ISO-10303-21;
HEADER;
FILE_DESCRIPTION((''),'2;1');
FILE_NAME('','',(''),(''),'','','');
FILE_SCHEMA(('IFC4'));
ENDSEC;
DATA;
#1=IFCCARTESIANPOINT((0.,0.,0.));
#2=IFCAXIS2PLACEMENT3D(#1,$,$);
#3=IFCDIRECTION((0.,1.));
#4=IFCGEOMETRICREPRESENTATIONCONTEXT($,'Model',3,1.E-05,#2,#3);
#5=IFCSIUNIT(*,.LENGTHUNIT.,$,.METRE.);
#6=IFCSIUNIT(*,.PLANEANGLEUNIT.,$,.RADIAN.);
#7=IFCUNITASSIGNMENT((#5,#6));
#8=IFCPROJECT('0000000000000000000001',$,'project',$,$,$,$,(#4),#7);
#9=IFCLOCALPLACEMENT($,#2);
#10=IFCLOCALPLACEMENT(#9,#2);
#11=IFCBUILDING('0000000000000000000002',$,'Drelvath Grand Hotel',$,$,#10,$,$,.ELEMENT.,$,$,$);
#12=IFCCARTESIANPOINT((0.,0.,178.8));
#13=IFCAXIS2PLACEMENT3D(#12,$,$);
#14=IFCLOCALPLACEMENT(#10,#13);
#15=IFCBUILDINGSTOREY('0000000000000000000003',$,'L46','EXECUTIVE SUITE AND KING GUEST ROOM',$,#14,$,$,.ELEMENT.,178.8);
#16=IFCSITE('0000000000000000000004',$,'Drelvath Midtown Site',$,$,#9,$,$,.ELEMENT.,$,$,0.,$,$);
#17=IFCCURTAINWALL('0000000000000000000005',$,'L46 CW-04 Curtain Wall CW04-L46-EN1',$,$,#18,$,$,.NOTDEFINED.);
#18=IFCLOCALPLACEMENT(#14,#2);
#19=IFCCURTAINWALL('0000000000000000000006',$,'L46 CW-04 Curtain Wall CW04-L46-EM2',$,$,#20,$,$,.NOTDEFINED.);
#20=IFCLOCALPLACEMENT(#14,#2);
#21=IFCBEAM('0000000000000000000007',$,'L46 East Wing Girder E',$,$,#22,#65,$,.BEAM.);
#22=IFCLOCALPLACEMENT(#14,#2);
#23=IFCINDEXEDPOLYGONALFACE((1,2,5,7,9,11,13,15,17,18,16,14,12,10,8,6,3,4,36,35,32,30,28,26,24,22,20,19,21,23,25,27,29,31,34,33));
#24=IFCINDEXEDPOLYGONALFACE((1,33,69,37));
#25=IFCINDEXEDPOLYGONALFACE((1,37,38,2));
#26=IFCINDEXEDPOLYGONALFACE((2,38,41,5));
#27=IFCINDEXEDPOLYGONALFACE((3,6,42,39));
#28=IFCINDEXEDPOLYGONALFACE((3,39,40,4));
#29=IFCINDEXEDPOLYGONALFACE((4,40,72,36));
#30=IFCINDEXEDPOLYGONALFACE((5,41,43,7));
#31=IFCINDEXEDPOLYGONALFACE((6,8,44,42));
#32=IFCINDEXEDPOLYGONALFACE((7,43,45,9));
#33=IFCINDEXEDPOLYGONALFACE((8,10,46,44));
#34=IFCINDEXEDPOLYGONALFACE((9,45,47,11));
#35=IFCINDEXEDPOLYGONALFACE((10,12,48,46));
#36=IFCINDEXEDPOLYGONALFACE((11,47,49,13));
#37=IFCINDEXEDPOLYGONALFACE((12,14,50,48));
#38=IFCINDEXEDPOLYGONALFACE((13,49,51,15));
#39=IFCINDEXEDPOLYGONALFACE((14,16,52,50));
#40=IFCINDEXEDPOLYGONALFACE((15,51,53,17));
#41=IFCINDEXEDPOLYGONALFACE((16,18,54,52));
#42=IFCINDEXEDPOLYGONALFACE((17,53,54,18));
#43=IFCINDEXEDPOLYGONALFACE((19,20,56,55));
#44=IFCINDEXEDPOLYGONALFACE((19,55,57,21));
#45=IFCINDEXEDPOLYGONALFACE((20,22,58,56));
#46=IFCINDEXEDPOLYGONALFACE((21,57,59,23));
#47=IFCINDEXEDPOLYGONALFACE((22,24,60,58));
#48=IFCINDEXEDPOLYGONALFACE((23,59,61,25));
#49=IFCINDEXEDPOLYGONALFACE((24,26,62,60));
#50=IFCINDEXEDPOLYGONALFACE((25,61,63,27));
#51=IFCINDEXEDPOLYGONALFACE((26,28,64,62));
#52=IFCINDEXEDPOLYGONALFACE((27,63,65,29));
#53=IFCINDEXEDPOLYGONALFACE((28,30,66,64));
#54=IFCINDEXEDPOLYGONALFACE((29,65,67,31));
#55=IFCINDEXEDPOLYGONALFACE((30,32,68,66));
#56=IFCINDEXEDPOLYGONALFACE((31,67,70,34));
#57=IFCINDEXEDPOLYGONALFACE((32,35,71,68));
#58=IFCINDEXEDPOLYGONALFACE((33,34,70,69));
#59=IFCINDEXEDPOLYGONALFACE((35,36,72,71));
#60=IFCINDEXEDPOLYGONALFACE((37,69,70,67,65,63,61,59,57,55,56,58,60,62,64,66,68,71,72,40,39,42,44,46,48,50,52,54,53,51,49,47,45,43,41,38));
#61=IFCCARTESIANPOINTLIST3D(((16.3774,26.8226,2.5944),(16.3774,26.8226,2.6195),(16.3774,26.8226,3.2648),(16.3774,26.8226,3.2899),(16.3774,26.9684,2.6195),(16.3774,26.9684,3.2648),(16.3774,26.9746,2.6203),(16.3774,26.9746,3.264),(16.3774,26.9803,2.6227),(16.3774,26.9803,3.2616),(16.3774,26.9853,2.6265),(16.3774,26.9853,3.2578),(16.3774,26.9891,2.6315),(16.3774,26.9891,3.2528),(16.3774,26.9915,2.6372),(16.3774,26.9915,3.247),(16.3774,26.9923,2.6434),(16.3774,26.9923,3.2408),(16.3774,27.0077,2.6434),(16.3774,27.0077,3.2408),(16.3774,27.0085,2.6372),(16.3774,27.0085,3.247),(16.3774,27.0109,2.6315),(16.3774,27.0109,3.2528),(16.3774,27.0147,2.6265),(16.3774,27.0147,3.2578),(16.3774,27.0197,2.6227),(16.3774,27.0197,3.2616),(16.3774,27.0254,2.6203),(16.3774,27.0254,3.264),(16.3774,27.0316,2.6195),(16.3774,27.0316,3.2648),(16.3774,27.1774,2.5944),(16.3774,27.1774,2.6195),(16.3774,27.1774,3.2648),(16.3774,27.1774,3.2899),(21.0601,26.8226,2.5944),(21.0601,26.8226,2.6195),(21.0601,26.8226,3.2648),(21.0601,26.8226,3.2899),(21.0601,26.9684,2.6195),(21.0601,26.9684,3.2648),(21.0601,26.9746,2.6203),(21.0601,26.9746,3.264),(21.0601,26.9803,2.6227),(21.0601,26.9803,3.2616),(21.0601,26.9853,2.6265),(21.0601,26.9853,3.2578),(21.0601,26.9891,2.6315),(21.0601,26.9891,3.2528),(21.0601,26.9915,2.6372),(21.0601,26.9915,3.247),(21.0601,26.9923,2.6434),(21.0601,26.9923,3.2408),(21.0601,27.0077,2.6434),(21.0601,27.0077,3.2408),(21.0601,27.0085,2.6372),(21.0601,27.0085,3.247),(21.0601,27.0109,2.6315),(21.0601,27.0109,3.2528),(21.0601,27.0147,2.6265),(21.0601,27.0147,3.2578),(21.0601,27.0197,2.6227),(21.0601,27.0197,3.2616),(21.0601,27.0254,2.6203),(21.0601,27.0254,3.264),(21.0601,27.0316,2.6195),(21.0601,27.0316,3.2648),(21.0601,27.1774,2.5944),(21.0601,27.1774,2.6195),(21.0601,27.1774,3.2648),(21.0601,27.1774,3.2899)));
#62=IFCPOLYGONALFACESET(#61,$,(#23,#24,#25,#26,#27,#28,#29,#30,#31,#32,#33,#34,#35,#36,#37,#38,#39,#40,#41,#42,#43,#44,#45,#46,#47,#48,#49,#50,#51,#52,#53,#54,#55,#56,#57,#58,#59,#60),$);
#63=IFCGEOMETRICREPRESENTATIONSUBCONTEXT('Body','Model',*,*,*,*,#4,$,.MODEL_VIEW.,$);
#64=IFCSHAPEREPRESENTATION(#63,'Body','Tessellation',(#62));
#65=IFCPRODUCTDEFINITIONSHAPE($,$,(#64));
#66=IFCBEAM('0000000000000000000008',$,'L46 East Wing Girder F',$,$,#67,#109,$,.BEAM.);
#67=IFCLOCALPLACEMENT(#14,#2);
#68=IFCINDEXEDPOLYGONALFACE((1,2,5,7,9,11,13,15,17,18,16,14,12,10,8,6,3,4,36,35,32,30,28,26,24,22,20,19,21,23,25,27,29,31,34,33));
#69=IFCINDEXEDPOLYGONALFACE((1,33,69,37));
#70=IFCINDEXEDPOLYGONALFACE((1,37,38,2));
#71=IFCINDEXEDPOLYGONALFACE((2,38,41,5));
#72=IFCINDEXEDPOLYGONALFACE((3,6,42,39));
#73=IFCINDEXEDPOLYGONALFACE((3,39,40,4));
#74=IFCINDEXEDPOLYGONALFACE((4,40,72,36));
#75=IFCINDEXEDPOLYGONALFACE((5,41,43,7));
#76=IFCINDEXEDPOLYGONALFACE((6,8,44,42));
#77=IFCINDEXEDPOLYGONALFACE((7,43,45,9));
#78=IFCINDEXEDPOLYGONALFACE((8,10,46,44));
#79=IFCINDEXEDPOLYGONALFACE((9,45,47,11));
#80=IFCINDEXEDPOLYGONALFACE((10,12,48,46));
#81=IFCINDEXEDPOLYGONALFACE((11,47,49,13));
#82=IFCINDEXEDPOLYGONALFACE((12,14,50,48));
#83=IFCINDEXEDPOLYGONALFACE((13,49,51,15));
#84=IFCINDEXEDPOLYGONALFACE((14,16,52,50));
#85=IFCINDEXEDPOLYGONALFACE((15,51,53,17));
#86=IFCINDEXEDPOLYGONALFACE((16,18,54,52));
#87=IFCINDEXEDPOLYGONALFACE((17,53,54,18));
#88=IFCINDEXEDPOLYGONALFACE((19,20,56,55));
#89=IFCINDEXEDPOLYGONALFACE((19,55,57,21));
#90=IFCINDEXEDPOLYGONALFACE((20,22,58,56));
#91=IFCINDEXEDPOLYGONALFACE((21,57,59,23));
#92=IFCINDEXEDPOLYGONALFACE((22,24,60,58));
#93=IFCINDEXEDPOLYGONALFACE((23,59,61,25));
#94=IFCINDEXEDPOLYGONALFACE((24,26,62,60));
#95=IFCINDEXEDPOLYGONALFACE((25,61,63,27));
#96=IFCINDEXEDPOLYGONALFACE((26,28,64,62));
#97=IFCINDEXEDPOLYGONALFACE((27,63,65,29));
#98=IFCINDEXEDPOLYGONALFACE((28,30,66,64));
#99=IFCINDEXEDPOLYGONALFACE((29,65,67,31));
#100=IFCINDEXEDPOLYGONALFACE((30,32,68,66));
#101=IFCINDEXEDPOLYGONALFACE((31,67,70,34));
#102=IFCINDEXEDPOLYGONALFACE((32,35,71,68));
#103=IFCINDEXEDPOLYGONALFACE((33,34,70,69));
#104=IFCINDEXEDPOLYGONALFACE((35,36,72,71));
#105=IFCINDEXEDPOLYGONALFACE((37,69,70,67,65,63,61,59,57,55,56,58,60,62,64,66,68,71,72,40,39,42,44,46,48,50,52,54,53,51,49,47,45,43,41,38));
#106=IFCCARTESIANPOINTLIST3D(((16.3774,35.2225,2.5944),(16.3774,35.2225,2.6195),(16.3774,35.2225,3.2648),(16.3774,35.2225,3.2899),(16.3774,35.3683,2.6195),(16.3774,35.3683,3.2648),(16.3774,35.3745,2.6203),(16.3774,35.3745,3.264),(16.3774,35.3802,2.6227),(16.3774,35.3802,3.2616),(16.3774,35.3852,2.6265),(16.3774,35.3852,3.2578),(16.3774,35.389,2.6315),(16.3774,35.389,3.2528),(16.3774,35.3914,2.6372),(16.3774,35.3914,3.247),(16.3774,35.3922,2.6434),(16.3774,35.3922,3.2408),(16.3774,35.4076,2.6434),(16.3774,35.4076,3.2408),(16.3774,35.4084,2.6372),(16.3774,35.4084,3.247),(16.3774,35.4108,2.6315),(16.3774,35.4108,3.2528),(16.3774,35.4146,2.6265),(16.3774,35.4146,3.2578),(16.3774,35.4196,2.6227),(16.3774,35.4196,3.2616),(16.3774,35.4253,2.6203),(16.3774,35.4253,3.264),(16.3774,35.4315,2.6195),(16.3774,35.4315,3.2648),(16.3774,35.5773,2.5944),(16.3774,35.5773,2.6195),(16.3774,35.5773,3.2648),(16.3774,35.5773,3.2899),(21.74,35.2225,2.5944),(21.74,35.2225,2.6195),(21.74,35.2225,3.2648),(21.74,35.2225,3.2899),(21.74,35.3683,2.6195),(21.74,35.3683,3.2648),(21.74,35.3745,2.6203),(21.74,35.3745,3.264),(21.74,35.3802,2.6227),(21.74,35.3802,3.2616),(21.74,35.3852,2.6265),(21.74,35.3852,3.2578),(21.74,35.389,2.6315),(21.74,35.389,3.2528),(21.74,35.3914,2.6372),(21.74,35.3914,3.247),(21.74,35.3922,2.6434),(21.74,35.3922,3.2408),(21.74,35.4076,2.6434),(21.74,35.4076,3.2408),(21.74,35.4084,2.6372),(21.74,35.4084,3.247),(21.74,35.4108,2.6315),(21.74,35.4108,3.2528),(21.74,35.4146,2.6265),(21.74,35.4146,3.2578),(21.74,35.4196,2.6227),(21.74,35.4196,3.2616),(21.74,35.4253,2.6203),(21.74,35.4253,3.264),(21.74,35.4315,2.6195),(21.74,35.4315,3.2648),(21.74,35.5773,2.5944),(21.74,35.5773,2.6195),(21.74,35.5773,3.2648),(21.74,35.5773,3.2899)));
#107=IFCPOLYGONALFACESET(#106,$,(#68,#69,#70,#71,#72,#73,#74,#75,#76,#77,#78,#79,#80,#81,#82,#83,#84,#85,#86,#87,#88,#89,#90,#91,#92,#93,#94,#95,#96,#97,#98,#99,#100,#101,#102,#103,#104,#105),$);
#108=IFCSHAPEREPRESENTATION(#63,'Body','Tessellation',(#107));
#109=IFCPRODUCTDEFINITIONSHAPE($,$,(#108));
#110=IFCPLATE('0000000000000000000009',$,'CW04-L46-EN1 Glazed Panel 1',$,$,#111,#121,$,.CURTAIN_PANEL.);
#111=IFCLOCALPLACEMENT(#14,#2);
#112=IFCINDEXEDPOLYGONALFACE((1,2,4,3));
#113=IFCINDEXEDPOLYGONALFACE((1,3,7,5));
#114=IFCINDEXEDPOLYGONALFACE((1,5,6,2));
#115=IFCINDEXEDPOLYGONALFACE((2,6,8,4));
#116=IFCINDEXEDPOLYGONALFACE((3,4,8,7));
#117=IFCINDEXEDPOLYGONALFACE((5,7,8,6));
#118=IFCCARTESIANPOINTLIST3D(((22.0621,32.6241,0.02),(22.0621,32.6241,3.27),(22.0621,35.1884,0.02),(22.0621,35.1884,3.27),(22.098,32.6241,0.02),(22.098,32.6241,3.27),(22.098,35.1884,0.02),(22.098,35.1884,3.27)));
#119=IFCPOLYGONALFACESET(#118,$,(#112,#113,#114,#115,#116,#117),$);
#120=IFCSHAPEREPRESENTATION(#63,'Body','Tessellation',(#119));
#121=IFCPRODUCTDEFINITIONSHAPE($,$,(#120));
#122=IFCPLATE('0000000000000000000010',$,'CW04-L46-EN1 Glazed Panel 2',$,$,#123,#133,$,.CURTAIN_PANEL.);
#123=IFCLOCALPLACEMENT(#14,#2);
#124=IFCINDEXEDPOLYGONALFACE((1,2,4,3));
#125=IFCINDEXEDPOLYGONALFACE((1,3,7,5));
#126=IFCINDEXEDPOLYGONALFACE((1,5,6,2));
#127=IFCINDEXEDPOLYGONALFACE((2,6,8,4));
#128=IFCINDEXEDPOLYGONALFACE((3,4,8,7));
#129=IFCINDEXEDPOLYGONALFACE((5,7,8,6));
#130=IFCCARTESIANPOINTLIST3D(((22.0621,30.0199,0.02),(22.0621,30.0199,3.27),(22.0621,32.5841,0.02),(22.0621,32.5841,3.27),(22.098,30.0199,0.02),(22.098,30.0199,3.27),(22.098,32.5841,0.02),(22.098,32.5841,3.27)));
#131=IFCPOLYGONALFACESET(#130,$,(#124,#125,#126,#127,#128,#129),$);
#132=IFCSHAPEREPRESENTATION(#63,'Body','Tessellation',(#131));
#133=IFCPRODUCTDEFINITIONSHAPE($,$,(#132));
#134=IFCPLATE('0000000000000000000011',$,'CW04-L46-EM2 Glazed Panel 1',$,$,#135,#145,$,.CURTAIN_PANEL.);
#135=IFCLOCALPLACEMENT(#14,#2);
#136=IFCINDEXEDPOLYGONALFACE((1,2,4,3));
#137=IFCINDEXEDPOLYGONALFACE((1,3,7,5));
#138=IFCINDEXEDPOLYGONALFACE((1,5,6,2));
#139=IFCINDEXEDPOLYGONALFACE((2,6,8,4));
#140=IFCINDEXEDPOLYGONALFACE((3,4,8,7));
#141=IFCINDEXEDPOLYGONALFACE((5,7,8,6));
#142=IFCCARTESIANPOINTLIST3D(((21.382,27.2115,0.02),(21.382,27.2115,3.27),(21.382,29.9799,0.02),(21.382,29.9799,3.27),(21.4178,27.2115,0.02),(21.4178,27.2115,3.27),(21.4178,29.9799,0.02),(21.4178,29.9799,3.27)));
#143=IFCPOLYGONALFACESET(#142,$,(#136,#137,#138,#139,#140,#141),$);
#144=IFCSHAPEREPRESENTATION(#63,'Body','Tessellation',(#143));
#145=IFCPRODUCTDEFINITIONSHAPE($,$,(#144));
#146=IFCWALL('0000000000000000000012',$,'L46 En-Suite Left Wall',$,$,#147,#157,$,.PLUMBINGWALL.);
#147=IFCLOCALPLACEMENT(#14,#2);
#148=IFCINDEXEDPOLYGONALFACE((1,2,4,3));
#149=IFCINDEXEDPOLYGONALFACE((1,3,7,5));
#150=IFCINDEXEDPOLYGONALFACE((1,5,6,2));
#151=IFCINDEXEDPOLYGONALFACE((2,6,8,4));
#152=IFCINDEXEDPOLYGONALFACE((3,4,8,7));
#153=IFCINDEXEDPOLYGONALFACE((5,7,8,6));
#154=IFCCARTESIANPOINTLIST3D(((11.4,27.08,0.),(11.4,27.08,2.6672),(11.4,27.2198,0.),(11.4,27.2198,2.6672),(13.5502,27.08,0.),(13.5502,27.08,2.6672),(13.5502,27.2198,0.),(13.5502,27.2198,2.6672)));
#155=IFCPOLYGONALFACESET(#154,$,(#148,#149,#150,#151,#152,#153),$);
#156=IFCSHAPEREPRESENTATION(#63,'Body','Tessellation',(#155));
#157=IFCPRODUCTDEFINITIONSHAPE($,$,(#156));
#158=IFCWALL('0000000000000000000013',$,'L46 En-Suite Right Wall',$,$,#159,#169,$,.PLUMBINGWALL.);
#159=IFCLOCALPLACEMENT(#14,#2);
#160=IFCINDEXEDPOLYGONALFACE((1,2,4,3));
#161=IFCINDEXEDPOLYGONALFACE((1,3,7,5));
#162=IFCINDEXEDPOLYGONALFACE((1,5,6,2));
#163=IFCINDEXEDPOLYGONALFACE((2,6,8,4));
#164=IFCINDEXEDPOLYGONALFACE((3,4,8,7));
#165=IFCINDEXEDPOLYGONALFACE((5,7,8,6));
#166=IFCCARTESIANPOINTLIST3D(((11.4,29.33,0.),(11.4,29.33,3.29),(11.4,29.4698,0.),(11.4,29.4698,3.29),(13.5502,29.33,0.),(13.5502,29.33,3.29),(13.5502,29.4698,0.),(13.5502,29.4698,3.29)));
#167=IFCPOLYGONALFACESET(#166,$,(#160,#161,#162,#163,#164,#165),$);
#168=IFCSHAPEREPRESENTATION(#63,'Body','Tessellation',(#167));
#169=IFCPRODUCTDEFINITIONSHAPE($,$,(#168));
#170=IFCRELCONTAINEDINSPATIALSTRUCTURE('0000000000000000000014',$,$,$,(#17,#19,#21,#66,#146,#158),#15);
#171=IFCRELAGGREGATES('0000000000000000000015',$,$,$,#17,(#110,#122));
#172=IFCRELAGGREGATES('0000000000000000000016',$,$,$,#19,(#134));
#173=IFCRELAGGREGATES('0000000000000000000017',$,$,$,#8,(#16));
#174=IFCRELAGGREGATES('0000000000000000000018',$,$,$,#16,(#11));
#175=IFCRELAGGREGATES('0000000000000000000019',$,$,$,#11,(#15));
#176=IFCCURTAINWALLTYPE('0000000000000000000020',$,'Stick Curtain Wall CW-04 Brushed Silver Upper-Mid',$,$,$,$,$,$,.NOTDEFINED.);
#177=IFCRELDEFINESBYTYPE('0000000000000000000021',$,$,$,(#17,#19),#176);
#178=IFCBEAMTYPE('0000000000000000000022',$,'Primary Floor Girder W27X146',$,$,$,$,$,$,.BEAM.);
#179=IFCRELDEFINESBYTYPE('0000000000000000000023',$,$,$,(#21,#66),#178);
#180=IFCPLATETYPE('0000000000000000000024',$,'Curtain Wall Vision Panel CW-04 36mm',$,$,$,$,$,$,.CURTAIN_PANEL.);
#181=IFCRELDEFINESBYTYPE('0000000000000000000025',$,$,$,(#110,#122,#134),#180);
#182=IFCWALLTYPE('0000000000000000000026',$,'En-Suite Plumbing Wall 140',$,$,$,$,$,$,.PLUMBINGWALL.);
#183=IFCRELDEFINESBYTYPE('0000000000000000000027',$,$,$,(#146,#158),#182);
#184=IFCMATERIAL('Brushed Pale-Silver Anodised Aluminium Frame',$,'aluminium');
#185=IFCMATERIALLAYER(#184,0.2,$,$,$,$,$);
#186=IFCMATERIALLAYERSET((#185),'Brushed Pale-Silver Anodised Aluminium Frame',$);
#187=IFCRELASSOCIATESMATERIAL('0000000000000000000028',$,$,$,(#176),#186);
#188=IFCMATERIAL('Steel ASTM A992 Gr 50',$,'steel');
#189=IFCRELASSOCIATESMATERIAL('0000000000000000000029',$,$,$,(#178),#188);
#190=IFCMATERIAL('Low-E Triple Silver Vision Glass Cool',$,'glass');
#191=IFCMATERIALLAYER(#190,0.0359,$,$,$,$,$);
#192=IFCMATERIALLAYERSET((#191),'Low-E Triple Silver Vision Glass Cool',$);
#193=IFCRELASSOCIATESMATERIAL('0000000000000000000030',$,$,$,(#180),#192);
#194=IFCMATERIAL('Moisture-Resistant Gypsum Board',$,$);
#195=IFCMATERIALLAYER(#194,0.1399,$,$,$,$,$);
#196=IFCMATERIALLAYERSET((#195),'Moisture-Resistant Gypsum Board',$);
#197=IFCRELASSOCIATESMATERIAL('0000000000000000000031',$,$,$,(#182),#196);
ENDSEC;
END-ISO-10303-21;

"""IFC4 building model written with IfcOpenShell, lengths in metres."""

from ifc_helpers import new_model, si_unit, direction, frame, frame_2d, origin, origin_2d, place, context, subcontext, project, spatial, rectangle, i_section, extrude, material, layer, layer_set, material_profile, profile_set, type_object, element, aggregate, save


model = new_model("IFC4")

# Units and contexts
model_context = context("Model", 3, precision=1e-05, world=origin(), true_north=direction((0.0, 1.0)))
body_context = subcontext(model_context, "Body", "Model", "MODEL_VIEW")
ifc_project = project(units=[si_unit("LENGTHUNIT", "METRE"), si_unit("PLANEANGLEUNIT", "RADIAN")], contexts=[model_context])

# Site, building, storey
site_placement = place(None, origin())
site = spatial("IfcSite", under=ifc_project, at=site_placement, Name="Drelvath Midtown Site", CompositionType="ELEMENT", RefElevation=0.0)
building_placement = place(site_placement, origin())
building = spatial("IfcBuilding", under=site, at=building_placement, Name="Drelvath Grand Hotel", CompositionType="ELEMENT")
storey_placement = place(building_placement, frame((0.0, 0.0, 178.8)))
storey = spatial("IfcBuildingStorey", under=building, at=storey_placement, Name="L46", Description="EXECUTIVE SUITE AND KING GUEST ROOM", CompositionType="ELEMENT", Elevation=178.8)

# Curtain walls
ifc_material_1 = material(Name="Brushed Pale-Silver Anodised Aluminium Frame", Category="aluminium")
ifc_layer_1 = layer(ifc_material_1, 0.2)
ifc_layer_set_1 = layer_set([ifc_layer_1], Name="Brushed Pale-Silver Anodised Aluminium Frame")
curtain_wall_type = type_object("IfcCurtainWallType", Name="Stick Curtain Wall CW-04 Brushed Silver Upper-Mid", PredefinedType="NOTDEFINED", material=ifc_layer_set_1)
curtain_wall_1_placement = place(storey_placement, origin())
curtain_wall_1 = element("IfcCurtainWall", 1, at=curtain_wall_1_placement, inside=storey, type_object=curtain_wall_type, Name="L46 CW-04 Curtain Wall CW04-L46-EN1", PredefinedType="NOTDEFINED")
curtain_wall_2_placement = place(storey_placement, origin())
curtain_wall_2 = element("IfcCurtainWall", 2, at=curtain_wall_2_placement, inside=storey, type_object=curtain_wall_type, Name="L46 CW-04 Curtain Wall CW04-L46-EM2", PredefinedType="NOTDEFINED")

# Beams
ifc_material_2 = material(Name="Steel ASTM A992 Gr 50", Category="steel")
ifc_material_profile_1 = material_profile(ifc_material_2, i_section(OverallWidth=0.3547, OverallDepth=0.6956, WebThickness=0.0154, FlangeThickness=0.0251, FilletRadius=0.0239, at=origin_2d()), Name="W27X146")
ifc_profile_set_1 = profile_set([ifc_material_profile_1], Name="Steel ASTM A992 Gr 50")
beam_type_1 = type_object("IfcBeamType", Name="Primary Floor Girder W27X146", PredefinedType="BEAM", material=ifc_profile_set_1)
beam_1_placement = place(storey_placement, frame((16.3774, 27.0, 2.9421), z_axis=(1.0, 0.0, 0.0), x_axis=(0.0, 1.0, 0.0)))
element("IfcBeam", 3, at=beam_1_placement, inside=storey, type_object=beam_type_1, Name="L46 East Wing Girder E", PredefinedType="BEAM", context=body_context, shape_type="SweptSolid", body=[
    extrude(i_section(OverallWidth=0.3547, OverallDepth=0.6956, WebThickness=0.0154, FlangeThickness=0.0251, FilletRadius=0.0239, at=origin_2d()), origin(), (0.0, 0.0, 1.0), 4.6826),
])
beam_2_placement = place(storey_placement, frame((16.3774, 35.3999, 2.9421), z_axis=(1.0, 0.0, 0.0), x_axis=(0.0, 1.0, 0.0)))
element("IfcBeam", 4, at=beam_2_placement, inside=storey, type_object=beam_type_1, Name="L46 East Wing Girder F", PredefinedType="BEAM", context=body_context, shape_type="SweptSolid", body=[
    extrude(i_section(OverallWidth=0.3547, OverallDepth=0.6956, WebThickness=0.0154, FlangeThickness=0.0251, FilletRadius=0.0239, at=origin_2d()), origin(), (0.0, 0.0, 1.0), 5.3625),
])

# Plates
ifc_material_3 = material(Name="Low-E Triple Silver Vision Glass Cool", Category="glass")
ifc_layer_2 = layer(ifc_material_3, 0.0359)
ifc_layer_set_2 = layer_set([ifc_layer_2], Name="Low-E Triple Silver Vision Glass Cool")
plate_type = type_object("IfcPlateType", Name="Curtain Wall Vision Panel CW-04 36mm", PredefinedType="CURTAIN_PANEL", material=ifc_layer_set_2)
plate_1_placement = place(storey_placement, frame((22.0801, 33.9062, 0.02), z_axis=(0.0, 0.0, 1.0), x_axis=(0.0, -1.0, 0.0)))
plate_1 = element("IfcPlate", 5, at=plate_1_placement, type_object=plate_type, Name="CW04-L46-EN1 Glazed Panel 1", PredefinedType="CURTAIN_PANEL", context=body_context, shape_type="SweptSolid", body=[
    extrude(rectangle(XDim=2.5642, YDim=0.0359, at=origin_2d()), origin(), (0.0, 0.0, 1.0), 3.25),
])
plate_2_placement = place(storey_placement, frame((22.0801, 31.302, 0.02), z_axis=(0.0, 0.0, 1.0), x_axis=(0.0, -1.0, 0.0)))
plate_2 = element("IfcPlate", 6, at=plate_2_placement, type_object=plate_type, Name="CW04-L46-EN1 Glazed Panel 2", PredefinedType="CURTAIN_PANEL", context=body_context, shape_type="SweptSolid", body=[
    extrude(rectangle(XDim=2.5642, YDim=0.0359, at=origin_2d()), origin(), (0.0, 0.0, 1.0), 3.25),
])
aggregate(curtain_wall_1, [plate_1, plate_2])
plate_3_placement = place(storey_placement, frame((21.3999, 28.5957, 0.02), z_axis=(0.0, 0.0, 1.0), x_axis=(0.0, -1.0, 0.0)))
plate_3 = element("IfcPlate", 7, at=plate_3_placement, type_object=plate_type, Name="CW04-L46-EM2 Glazed Panel 1", PredefinedType="CURTAIN_PANEL", context=body_context, shape_type="SweptSolid", body=[
    extrude(rectangle(XDim=2.7683, YDim=0.0359, at=origin_2d()), origin(), (0.0, 0.0, 1.0), 3.25),
])
aggregate(curtain_wall_2, [plate_3])

# Walls
ifc_material_4 = material(Name="Moisture-Resistant Gypsum Board")
ifc_layer_3 = layer(ifc_material_4, 0.1399)
ifc_layer_set_3 = layer_set([ifc_layer_3], Name="Moisture-Resistant Gypsum Board")
wall_type_1 = type_object("IfcWallType", Name="En-Suite Plumbing Wall 140", PredefinedType="PLUMBINGWALL", material=ifc_layer_set_3)
wall_1_placement = place(storey_placement, frame((11.3999, 27.1499, 0.0), z_axis=(0.0, 0.0, 1.0), x_axis=(1.0, 0.0, 0.0)))
element("IfcWall", 8, at=wall_1_placement, inside=storey, type_object=wall_type_1, Name="L46 En-Suite Left Wall", PredefinedType="PLUMBINGWALL", context=body_context, shape_type="SweptSolid", body=[
    extrude(rectangle(XDim=2.1501, YDim=0.1399, at=frame_2d((1.0752, 0.0))), origin(), (0.0, 0.0, 1.0), 2.6672),
])
wall_2_placement = place(storey_placement, frame((11.3999, 29.3999, 0.0), z_axis=(0.0, 0.0, 1.0), x_axis=(1.0, 0.0, 0.0)))
element("IfcWall", 9, at=wall_2_placement, inside=storey, type_object=wall_type_1, Name="L46 En-Suite Right Wall", PredefinedType="PLUMBINGWALL", context=body_context, shape_type="SweptSolid", body=[
    extrude(rectangle(XDim=2.1501, YDim=0.1399, at=frame_2d((1.0752, 0.0))), origin(), (0.0, 0.0, 1.0), 3.29),
])

save(model, "model.ifc")
